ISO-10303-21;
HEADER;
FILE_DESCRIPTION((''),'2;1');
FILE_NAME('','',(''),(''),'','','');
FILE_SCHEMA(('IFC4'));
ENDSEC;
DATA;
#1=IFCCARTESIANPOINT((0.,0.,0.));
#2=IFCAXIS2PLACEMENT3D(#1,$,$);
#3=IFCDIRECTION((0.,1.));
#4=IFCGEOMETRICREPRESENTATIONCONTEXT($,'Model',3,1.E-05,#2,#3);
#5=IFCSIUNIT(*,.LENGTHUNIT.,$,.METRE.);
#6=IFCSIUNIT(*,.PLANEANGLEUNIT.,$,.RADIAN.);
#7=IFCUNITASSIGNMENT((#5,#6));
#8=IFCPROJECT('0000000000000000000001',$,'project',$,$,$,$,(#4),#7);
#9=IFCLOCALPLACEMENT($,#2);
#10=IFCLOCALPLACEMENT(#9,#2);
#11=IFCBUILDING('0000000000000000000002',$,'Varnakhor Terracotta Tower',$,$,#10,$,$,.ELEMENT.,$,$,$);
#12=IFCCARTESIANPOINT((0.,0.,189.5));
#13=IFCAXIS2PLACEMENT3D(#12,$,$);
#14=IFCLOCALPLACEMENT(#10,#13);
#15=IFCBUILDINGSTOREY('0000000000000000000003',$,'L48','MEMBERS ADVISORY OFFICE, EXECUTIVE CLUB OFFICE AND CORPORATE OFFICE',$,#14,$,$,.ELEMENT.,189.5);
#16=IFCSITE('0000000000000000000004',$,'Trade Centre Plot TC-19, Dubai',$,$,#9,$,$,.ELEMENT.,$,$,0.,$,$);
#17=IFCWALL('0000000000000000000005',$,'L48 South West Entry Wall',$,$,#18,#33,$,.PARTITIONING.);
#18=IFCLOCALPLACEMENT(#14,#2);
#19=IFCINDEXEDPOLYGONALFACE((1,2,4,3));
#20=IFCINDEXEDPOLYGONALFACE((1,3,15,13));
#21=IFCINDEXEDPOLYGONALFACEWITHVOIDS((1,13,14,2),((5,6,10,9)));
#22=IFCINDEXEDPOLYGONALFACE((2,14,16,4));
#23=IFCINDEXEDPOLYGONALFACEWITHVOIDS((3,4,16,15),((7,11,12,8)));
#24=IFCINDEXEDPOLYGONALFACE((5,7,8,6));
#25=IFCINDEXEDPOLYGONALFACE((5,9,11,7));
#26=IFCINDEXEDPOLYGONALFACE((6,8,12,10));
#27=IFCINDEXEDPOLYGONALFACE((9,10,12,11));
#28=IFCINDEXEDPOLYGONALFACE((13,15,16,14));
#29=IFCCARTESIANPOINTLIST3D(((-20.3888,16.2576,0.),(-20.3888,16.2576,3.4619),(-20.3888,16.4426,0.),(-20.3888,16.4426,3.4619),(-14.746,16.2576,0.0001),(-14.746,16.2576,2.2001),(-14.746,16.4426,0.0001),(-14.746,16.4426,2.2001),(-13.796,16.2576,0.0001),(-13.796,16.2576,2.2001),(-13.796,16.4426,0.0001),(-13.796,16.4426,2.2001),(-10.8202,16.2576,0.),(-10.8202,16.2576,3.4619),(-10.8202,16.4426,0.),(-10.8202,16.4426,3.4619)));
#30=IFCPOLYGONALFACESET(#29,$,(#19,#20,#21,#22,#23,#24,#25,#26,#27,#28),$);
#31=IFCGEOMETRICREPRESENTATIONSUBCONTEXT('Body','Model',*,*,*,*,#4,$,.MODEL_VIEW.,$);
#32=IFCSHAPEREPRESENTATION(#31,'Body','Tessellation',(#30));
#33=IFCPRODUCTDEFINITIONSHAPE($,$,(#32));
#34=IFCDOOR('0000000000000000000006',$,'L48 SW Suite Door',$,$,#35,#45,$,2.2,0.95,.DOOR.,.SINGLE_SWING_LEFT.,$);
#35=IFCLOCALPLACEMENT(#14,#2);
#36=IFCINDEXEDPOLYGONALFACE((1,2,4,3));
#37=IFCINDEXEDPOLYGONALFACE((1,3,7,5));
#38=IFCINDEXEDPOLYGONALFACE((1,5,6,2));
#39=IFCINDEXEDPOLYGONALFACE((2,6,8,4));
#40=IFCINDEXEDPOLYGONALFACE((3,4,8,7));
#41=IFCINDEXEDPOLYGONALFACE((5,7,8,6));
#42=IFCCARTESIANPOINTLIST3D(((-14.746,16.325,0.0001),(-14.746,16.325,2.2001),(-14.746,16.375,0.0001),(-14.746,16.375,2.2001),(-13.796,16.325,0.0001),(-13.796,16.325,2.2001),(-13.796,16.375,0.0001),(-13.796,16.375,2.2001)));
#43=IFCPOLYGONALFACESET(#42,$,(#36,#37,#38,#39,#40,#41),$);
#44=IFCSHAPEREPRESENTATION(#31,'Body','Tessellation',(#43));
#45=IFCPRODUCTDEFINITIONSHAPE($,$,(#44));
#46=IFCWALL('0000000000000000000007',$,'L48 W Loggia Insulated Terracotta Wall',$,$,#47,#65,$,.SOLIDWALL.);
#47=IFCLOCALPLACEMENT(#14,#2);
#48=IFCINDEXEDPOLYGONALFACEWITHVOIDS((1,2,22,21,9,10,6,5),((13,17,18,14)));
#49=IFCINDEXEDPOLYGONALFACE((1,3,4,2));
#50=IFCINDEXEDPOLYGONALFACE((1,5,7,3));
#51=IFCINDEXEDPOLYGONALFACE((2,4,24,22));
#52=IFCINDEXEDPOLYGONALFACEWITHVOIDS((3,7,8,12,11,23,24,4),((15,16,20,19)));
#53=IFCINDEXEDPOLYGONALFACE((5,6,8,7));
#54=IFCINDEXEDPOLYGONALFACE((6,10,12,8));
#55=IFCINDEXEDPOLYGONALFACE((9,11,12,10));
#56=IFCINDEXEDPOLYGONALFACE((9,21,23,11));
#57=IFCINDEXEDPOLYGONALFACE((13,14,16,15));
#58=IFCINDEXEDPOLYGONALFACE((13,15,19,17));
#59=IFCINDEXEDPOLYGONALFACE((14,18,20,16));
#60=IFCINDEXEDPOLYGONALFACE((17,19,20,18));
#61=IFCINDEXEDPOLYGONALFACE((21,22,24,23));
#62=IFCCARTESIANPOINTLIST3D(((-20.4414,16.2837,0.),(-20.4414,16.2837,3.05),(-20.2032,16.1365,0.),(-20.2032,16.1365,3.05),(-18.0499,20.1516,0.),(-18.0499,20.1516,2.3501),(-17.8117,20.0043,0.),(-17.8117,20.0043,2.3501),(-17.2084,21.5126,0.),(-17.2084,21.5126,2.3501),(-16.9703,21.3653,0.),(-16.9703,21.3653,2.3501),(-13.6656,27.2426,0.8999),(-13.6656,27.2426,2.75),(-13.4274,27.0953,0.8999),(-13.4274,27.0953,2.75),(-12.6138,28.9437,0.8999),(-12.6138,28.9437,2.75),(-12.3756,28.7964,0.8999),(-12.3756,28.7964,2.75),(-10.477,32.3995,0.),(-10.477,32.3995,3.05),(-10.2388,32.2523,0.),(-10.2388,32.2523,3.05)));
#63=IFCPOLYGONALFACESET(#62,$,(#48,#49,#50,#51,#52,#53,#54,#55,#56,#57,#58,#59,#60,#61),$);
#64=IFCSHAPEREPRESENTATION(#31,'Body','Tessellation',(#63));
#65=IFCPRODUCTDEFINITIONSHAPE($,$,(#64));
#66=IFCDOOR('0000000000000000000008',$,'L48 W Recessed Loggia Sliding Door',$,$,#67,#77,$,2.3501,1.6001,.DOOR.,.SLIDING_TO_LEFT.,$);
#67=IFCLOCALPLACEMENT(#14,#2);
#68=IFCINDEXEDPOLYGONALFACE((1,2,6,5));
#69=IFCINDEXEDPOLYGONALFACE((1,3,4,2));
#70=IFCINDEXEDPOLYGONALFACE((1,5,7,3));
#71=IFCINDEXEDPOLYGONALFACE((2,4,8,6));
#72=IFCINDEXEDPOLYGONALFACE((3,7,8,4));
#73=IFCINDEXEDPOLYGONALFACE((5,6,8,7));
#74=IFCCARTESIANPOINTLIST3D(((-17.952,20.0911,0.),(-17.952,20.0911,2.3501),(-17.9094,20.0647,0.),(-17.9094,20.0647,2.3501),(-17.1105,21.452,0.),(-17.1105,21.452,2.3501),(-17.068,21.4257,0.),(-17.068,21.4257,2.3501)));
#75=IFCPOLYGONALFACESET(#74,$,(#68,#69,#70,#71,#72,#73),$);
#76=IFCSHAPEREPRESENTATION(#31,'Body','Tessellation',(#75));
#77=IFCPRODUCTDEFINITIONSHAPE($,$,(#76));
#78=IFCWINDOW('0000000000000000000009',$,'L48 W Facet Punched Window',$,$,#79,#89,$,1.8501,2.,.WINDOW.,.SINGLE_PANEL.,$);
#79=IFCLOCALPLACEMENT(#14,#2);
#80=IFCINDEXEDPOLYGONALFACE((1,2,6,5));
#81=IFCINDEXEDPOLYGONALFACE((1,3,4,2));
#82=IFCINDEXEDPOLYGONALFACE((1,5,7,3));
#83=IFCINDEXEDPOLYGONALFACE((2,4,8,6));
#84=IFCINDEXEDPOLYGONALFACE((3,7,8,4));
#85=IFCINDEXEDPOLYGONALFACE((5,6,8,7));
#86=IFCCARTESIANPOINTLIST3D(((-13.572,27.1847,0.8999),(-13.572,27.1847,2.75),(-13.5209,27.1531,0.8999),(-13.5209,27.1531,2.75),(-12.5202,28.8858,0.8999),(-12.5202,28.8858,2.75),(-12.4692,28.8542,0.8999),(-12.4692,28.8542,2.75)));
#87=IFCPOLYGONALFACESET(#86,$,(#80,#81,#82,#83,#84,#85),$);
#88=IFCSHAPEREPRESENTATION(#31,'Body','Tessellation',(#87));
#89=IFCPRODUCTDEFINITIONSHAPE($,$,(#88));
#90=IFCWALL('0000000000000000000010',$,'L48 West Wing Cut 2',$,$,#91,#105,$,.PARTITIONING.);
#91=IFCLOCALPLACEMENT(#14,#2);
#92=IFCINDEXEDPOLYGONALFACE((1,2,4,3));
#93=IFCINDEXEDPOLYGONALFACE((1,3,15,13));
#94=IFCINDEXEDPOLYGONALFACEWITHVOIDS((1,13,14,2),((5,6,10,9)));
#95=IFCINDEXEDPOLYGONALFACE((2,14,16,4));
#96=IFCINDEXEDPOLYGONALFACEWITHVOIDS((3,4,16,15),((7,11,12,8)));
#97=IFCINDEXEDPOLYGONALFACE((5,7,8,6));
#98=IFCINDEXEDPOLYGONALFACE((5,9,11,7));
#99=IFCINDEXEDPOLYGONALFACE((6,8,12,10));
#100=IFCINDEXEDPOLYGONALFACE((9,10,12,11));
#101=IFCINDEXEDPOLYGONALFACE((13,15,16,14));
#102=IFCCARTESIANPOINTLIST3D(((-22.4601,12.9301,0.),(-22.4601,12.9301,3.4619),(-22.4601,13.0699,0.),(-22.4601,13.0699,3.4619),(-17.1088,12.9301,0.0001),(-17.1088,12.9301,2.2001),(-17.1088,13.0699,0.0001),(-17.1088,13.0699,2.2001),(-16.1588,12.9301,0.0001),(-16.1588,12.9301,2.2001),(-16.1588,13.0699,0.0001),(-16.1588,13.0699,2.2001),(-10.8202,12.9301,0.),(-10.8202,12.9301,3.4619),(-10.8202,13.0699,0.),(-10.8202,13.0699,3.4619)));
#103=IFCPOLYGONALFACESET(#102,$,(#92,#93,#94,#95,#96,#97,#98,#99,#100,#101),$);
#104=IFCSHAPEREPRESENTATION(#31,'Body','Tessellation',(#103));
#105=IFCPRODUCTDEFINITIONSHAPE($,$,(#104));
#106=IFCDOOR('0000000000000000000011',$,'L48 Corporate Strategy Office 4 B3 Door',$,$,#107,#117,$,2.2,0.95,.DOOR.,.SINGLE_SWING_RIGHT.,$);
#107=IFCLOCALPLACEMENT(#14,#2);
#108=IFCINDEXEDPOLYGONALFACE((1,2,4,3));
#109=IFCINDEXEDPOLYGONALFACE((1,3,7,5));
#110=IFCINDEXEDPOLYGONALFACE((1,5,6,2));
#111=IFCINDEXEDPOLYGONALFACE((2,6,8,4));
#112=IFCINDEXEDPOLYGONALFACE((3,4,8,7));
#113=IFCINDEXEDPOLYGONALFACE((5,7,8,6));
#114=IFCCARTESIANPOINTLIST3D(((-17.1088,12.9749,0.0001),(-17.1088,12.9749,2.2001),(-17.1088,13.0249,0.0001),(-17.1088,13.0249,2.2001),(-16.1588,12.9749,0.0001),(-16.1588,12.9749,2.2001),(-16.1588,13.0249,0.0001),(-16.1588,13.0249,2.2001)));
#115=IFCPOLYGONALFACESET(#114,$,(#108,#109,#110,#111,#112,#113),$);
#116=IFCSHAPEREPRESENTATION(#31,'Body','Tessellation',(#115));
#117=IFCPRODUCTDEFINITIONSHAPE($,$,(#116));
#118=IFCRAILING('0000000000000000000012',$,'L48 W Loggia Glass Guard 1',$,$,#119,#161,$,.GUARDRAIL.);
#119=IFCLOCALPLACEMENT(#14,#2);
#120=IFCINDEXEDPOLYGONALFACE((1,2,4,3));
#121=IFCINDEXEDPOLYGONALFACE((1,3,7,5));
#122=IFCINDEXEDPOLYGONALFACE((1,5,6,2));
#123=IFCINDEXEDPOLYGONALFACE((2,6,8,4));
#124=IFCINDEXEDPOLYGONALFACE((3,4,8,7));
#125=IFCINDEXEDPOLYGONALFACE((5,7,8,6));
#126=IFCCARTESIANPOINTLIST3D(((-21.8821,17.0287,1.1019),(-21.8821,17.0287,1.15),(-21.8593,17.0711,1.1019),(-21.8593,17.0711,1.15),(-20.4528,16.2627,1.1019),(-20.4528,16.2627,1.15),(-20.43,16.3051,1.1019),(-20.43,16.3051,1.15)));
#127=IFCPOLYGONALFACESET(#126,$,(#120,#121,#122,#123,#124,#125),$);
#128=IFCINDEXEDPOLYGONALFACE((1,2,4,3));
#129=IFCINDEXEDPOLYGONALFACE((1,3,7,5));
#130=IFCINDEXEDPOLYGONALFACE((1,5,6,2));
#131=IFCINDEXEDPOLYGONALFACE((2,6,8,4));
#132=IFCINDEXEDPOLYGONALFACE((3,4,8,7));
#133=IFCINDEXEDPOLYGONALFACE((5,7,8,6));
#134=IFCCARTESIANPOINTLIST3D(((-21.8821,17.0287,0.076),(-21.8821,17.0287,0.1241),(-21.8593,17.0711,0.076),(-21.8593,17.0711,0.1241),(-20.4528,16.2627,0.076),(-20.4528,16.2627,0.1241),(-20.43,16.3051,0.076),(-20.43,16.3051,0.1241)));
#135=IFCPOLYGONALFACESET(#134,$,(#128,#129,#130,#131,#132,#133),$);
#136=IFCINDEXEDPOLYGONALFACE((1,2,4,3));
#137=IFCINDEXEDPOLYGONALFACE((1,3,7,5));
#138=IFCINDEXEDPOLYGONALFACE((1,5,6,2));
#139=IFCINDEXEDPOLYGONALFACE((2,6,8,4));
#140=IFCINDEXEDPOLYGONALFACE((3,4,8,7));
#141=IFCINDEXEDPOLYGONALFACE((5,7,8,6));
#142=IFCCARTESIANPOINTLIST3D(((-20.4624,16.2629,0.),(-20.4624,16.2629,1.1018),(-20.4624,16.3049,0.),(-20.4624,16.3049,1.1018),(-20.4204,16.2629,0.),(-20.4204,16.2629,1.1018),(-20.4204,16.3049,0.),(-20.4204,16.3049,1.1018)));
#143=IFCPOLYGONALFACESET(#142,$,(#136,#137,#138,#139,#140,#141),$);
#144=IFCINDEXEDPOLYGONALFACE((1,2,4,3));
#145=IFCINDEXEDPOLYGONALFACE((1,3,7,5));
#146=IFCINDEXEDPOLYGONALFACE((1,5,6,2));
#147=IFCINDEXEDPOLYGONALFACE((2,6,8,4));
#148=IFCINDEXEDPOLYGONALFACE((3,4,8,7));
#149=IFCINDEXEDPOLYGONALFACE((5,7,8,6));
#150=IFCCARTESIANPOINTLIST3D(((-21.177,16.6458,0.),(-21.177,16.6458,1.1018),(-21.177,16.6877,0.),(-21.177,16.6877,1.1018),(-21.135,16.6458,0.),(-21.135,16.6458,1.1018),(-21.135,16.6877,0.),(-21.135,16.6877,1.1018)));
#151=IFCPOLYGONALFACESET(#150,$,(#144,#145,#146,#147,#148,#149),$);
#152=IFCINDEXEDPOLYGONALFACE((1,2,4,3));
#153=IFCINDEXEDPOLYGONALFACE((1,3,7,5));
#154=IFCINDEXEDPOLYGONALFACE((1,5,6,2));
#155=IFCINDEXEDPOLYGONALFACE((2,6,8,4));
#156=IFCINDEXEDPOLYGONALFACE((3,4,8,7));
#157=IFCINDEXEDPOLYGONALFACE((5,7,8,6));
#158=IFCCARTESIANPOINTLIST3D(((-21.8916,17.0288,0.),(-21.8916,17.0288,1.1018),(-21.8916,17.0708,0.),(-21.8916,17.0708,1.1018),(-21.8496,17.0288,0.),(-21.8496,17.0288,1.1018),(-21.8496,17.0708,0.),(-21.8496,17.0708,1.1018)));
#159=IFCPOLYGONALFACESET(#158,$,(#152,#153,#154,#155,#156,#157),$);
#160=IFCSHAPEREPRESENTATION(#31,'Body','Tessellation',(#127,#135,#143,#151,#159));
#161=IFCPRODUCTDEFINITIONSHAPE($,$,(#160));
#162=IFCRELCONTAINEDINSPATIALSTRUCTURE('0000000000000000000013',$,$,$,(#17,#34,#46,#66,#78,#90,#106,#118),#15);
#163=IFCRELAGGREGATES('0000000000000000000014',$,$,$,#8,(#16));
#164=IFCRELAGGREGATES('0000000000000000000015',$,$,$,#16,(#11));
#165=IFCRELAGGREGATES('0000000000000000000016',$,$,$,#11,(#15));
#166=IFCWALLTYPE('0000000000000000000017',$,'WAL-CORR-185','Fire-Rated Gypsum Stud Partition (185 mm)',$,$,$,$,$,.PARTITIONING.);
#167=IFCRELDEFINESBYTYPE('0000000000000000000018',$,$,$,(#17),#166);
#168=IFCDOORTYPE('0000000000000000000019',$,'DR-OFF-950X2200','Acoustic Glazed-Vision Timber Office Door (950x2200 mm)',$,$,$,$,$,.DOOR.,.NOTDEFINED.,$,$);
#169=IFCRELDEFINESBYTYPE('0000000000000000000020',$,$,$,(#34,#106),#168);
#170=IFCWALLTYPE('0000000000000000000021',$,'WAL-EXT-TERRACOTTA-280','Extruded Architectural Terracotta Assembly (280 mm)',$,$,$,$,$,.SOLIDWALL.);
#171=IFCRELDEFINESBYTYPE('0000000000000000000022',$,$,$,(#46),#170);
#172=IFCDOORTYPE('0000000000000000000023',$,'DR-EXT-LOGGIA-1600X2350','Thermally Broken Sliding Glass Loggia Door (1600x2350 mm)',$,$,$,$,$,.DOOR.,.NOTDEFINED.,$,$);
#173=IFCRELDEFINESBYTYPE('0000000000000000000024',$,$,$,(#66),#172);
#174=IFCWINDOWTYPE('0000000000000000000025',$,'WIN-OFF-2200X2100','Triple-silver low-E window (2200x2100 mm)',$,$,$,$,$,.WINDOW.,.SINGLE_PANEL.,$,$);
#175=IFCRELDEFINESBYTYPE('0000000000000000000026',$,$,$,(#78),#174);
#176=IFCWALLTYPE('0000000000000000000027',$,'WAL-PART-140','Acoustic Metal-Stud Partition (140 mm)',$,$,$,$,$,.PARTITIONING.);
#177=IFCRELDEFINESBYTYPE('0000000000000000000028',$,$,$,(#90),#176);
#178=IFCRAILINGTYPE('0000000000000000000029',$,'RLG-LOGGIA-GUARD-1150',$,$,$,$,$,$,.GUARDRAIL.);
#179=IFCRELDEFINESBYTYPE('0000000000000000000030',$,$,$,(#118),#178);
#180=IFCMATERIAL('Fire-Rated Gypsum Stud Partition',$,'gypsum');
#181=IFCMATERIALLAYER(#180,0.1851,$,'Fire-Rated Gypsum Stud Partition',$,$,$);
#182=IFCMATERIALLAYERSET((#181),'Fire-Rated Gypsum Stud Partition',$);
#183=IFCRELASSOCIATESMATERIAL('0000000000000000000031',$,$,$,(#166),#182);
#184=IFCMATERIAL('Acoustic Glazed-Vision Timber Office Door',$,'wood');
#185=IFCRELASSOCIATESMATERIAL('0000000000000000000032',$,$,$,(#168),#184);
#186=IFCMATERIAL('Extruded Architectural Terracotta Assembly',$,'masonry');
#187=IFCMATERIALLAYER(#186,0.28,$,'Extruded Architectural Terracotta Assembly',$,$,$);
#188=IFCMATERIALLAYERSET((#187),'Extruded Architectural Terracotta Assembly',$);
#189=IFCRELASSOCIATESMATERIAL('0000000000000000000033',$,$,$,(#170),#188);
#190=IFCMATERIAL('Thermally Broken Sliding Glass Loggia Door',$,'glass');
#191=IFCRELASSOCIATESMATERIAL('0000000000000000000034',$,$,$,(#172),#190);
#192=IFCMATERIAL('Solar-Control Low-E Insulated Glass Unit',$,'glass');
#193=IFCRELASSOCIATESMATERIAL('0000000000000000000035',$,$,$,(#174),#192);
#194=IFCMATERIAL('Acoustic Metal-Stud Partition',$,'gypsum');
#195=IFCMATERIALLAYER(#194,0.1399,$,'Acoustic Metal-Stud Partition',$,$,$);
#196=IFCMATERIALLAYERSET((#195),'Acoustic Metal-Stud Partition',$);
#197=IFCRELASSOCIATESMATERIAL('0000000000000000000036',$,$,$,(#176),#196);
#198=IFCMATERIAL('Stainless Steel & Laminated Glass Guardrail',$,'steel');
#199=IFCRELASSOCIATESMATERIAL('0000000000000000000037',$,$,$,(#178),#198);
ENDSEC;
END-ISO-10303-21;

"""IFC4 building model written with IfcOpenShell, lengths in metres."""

from ifc_helpers import new_model, si_unit, direction, frame, frame_2d, origin, origin_2d, place, context, subcontext, project, spatial, rectangle, extrude, source, transform, mapped, material, layer, layer_set, type_object, type_shapes, element, fill, save


model = new_model("IFC4")

# Units and contexts
model_context = context("Model", 3, precision=1e-05, world=origin(), true_north=direction((0.0, 1.0)))
body_context = subcontext(model_context, "Body", "Model", "MODEL_VIEW")
ifc_project = project(units=[si_unit("LENGTHUNIT", "METRE"), si_unit("PLANEANGLEUNIT", "RADIAN")], contexts=[model_context])

# Site, building, storey
site_placement = place(None, origin())
site = spatial("IfcSite", under=ifc_project, at=site_placement, Name="Trade Centre Plot TC-19, Dubai", CompositionType="ELEMENT", RefElevation=0.0)
building_placement = place(site_placement, origin())
building = spatial("IfcBuilding", under=site, at=building_placement, Name="Varnakhor Terracotta Tower", CompositionType="ELEMENT")
storey_placement = place(building_placement, frame((0.0, 0.0, 189.5)))
storey = spatial("IfcBuildingStorey", under=building, at=storey_placement, Name="L48", Description="MEMBERS ADVISORY OFFICE, EXECUTIVE CLUB OFFICE AND CORPORATE OFFICE", CompositionType="ELEMENT", Elevation=189.5)

# Wall, opening, door
ifc_material_1 = material(Name="Fire-Rated Gypsum Stud Partition", Category="gypsum")
ifc_layer_1 = layer(ifc_material_1, 0.1851, Name="Fire-Rated Gypsum Stud Partition")
ifc_layer_set_1 = layer_set([ifc_layer_1], Name="Fire-Rated Gypsum Stud Partition")
wall_type_1 = type_object("IfcWallType", Name="WAL-CORR-185", Description="Fire-Rated Gypsum Stud Partition (185 mm)", PredefinedType="PARTITIONING", material=ifc_layer_set_1)
wall_1_placement = place(storey_placement, frame((-20.3887, 16.3501, 0.0), z_axis=(0.0, 0.0, 1.0), x_axis=(1.0, 0.0, 0.0)))
wall_1 = element("IfcWall", 1, at=wall_1_placement, inside=storey, type_object=wall_type_1, Name="L48 South West Entry Wall", PredefinedType="PARTITIONING", context=body_context, shape_type="SweptSolid", body=[
    extrude(rectangle(XDim=9.5686, YDim=0.1851, at=frame_2d((4.7842, 0.0))), origin(), (0.0, 0.0, 1.0), 3.4619),
])
opening_1_placement = place(wall_1_placement, frame((5.6426, 0.0, 0.0)))
opening_1 = element("IfcOpeningElement", 2, at=opening_1_placement, cuts=wall_1, PredefinedType="OPENING", context=body_context, shape_type="SweptSolid", body=[
    extrude(rectangle(XDim=0.95, YDim=2.2, at=frame_2d((0.4751, 1.1001))), frame((0.0, 0.1025, 0.0), z_axis=(0.0, -1.0, 0.0), x_axis=(1.0, 0.0, 0.0)), (0.0, 0.0, 1.0), 0.2051),
])
ifc_material_2 = material(Name="Acoustic Glazed-Vision Timber Office Door", Category="wood")
door_type_1 = type_object("IfcDoorType", Name="DR-OFF-950X2200", Description="Acoustic Glazed-Vision Timber Office Door (950x2200 mm)", OperationType="NOTDEFINED", PredefinedType="DOOR", material=ifc_material_2)
shared_shape_1 = source(origin(), body_context, "Body", "SweptSolid", [
    extrude(rectangle(XDim=0.95, YDim=2.2, at=frame_2d((0.4751, 1.1001))), frame((0.0, 0.0249, 0.0), z_axis=(0.0, -1.0, 0.0), x_axis=(1.0, 0.0, 0.0)), (0.0, 0.0, 1.0), 0.05),
])
type_shapes(door_type_1, [shared_shape_1])
door_1_placement = place(opening_1_placement, origin())
door_1 = element("IfcDoor", 3, at=door_1_placement, inside=storey, type_object=door_type_1, Name="L48 SW Suite Door", OperationType="SINGLE_SWING_LEFT", OverallHeight=2.2, OverallWidth=0.95, PredefinedType="DOOR", context=body_context, shape_type="MappedRepresentation", body=[
    mapped(shared_shape_1, transform((0.0, 0.0, 0.0), scale=1.0)),
])
fill(opening_1, door_1)

# Wall, openings, door, window
ifc_material_3 = material(Name="Extruded Architectural Terracotta Assembly", Category="masonry")
ifc_layer_2 = layer(ifc_material_3, 0.28, Name="Extruded Architectural Terracotta Assembly")
ifc_layer_set_2 = layer_set([ifc_layer_2], Name="Extruded Architectural Terracotta Assembly")
wall_type_2 = type_object("IfcWallType", Name="WAL-EXT-TERRACOTTA-280", Description="Extruded Architectural Terracotta Assembly (280 mm)", PredefinedType="SOLIDWALL", material=ifc_layer_set_2)
wall_2_placement = place(storey_placement, frame((-20.3223, 16.2102, 0.0), z_axis=(0.0, 0.0, 1.0), x_axis=(0.525895, 0.85055, 0.0)))
wall_2 = element("IfcWall", 4, at=wall_2_placement, inside=storey, type_object=wall_type_2, Name="L48 W Loggia Insulated Terracotta Wall", PredefinedType="SOLIDWALL", context=body_context, shape_type="SweptSolid", body=[
    extrude(rectangle(XDim=18.9475, YDim=0.28, at=frame_2d((9.4736, 0.0))), origin(), (0.0, 0.0, 1.0), 3.05),
])
opening_2_placement = place(wall_2_placement, frame((4.5474, 0.0, 0.0)))
opening_2 = element("IfcOpeningElement", 5, at=opening_2_placement, cuts=wall_2, PredefinedType="OPENING", context=body_context, shape_type="SweptSolid", body=[
    extrude(rectangle(XDim=1.6001, YDim=2.3501, at=frame_2d((0.8, 1.175))), frame((0.0, 0.1499, 0.0), z_axis=(0.0, -1.0, 0.0), x_axis=(1.0, 0.0, 0.0)), (0.0, 0.0, 1.0), 0.3),
])
opening_3_placement = place(wall_2_placement, frame((12.8843, 0.0, 0.8999)))
opening_3 = element("IfcOpeningElement", 6, at=opening_3_placement, cuts=wall_2, PredefinedType="OPENING", context=body_context, shape_type="SweptSolid", body=[
    extrude(rectangle(XDim=2.0, YDim=1.8501, at=frame_2d((1.0, 0.925))), frame((0.0, 0.1499, 0.0), z_axis=(0.0, -1.0, 0.0), x_axis=(1.0, 0.0, 0.0)), (0.0, 0.0, 1.0), 0.3),
])
ifc_material_4 = material(Name="Thermally Broken Sliding Glass Loggia Door", Category="glass")
door_type_2 = type_object("IfcDoorType", Name="DR-EXT-LOGGIA-1600X2350", Description="Thermally Broken Sliding Glass Loggia Door (1600x2350 mm)", OperationType="NOTDEFINED", PredefinedType="DOOR", material=ifc_material_4)
shared_shape_2 = source(origin(), body_context, "Body", "SweptSolid", [
    extrude(rectangle(XDim=1.6001, YDim=2.3501, at=frame_2d((0.8, 1.175))), frame((0.0, 0.0249, 0.0), z_axis=(0.0, -1.0, 0.0), x_axis=(1.0, 0.0, 0.0)), (0.0, 0.0, 1.0), 0.05),
])
type_shapes(door_type_2, [shared_shape_2])
door_2_placement = place(opening_2_placement, origin())
door_2 = element("IfcDoor", 7, at=door_2_placement, inside=storey, type_object=door_type_2, Name="L48 W Recessed Loggia Sliding Door", OperationType="SLIDING_TO_LEFT", OverallHeight=2.3501, OverallWidth=1.6001, PredefinedType="DOOR", context=body_context, shape_type="MappedRepresentation", body=[
    mapped(shared_shape_2, transform((0.0, 0.0, 0.0), scale=1.0)),
])
fill(opening_2, door_2)
ifc_material_5 = material(Name="Solar-Control Low-E Insulated Glass Unit", Category="glass")
window_type = type_object("IfcWindowType", Name="WIN-OFF-2200X2100", Description="Triple-silver low-E window (2200x2100 mm)", PartitioningType="SINGLE_PANEL", PredefinedType="WINDOW", material=ifc_material_5)
shared_shape_3 = source(origin(), body_context, "Body", "SweptSolid", [
    extrude(rectangle(XDim=2.0, YDim=1.8501, at=frame_2d((1.0, 0.925))), frame((0.0, 0.03, 0.0), z_axis=(0.0, -1.0, 0.0), x_axis=(1.0, 0.0, 0.0)), (0.0, 0.0, 1.0), 0.0601),
])
type_shapes(window_type, [shared_shape_3])
window_placement = place(opening_3_placement, origin())
window = element("IfcWindow", 8, at=window_placement, inside=storey, type_object=window_type, Name="L48 W Facet Punched Window", OverallHeight=1.8501, OverallWidth=2.0, PartitioningType="SINGLE_PANEL", PredefinedType="WINDOW", context=body_context, shape_type="MappedRepresentation", body=[
    mapped(shared_shape_3, transform((0.0, 0.0, 0.0), scale=1.0)),
])
fill(opening_3, window)

# Wall, opening, door
ifc_material_6 = material(Name="Acoustic Metal-Stud Partition", Category="gypsum")
ifc_layer_3 = layer(ifc_material_6, 0.1399, Name="Acoustic Metal-Stud Partition")
ifc_layer_set_3 = layer_set([ifc_layer_3], Name="Acoustic Metal-Stud Partition")
wall_type_3 = type_object("IfcWallType", Name="WAL-PART-140", Description="Acoustic Metal-Stud Partition (140 mm)", PredefinedType="PARTITIONING", material=ifc_layer_set_3)
wall_3_placement = place(storey_placement, frame((-22.46, 13.0, 0.0), z_axis=(0.0, 0.0, 1.0), x_axis=(1.0, 0.0, 0.0)))
wall_3 = element("IfcWall", 9, at=wall_3_placement, inside=storey, type_object=wall_type_3, Name="L48 West Wing Cut 2", PredefinedType="PARTITIONING", context=body_context, shape_type="SweptSolid", body=[
    extrude(rectangle(XDim=11.6399, YDim=0.1399, at=frame_2d((5.8198, 0.0))), origin(), (0.0, 0.0, 1.0), 3.4619),
])
opening_4_placement = place(wall_3_placement, frame((5.3511, 0.0, 0.0)))
opening_4 = element("IfcOpeningElement", 10, at=opening_4_placement, cuts=wall_3, PredefinedType="OPENING", context=body_context, shape_type="SweptSolid", body=[
    extrude(rectangle(XDim=0.95, YDim=2.2, at=frame_2d((0.4751, 1.1001))), frame((0.0, 0.0801, 0.0), z_axis=(0.0, -1.0, 0.0), x_axis=(1.0, 0.0, 0.0)), (0.0, 0.0, 1.0), 0.1599),
])
door_3_placement = place(opening_4_placement, origin())
door_3 = element("IfcDoor", 11, at=door_3_placement, inside=storey, type_object=door_type_1, Name="L48 Corporate Strategy Office 4 B3 Door", OperationType="SINGLE_SWING_RIGHT", OverallHeight=2.2, OverallWidth=0.95, PredefinedType="DOOR", context=body_context, shape_type="MappedRepresentation", body=[
    mapped(shared_shape_1, transform((0.0, 0.0, 0.0), scale=1.0)),
])
fill(opening_4, door_3)

# Railing
ifc_material_7 = material(Name="Stainless Steel & Laminated Glass Guardrail", Category="steel")
railing_type = type_object("IfcRailingType", Name="RLG-LOGGIA-GUARD-1150", PredefinedType="GUARDRAIL", material=ifc_material_7)
railing_1_placement = place(storey_placement, frame((-20.4414, 16.2839, 0.0)))
element("IfcRailing", 12, at=railing_1_placement, inside=storey, type_object=railing_type, Name="L48 W Loggia Glass Guard 1", PredefinedType="GUARDRAIL", context=body_context, shape_type="SweptSolid", body=[
    extrude(rectangle(XDim=0.0481, YDim=0.0481, at=origin_2d()), frame((0.0, 0.0, 1.126), z_axis=(-0.881422, 0.47233, 0.0), x_axis=(-0.47233, -0.881422, 0.0)), (0.0, 0.0, 1.0), 1.6216),
    extrude(rectangle(XDim=0.0481, YDim=0.0481, at=origin_2d()), frame((0.0, 0.0, 0.1001), z_axis=(-0.881422, 0.47233, 0.0), x_axis=(-0.47233, -0.881422, 0.0)), (0.0, 0.0, 1.0), 1.6216),
    extrude(rectangle(XDim=0.042, YDim=0.042, at=origin_2d()), origin(), (0.0, 0.0, 1.0), 1.1018),
    extrude(rectangle(XDim=0.042, YDim=0.042, at=origin_2d()), frame((-0.7146, 0.3828, 0.0)), (0.0, 0.0, 1.0), 1.1018),
    extrude(rectangle(XDim=0.042, YDim=0.042, at=origin_2d()), frame((-1.4292, 0.7659, 0.0)), (0.0, 0.0, 1.0), 1.1018),
])

save(model, "model.ifc")
